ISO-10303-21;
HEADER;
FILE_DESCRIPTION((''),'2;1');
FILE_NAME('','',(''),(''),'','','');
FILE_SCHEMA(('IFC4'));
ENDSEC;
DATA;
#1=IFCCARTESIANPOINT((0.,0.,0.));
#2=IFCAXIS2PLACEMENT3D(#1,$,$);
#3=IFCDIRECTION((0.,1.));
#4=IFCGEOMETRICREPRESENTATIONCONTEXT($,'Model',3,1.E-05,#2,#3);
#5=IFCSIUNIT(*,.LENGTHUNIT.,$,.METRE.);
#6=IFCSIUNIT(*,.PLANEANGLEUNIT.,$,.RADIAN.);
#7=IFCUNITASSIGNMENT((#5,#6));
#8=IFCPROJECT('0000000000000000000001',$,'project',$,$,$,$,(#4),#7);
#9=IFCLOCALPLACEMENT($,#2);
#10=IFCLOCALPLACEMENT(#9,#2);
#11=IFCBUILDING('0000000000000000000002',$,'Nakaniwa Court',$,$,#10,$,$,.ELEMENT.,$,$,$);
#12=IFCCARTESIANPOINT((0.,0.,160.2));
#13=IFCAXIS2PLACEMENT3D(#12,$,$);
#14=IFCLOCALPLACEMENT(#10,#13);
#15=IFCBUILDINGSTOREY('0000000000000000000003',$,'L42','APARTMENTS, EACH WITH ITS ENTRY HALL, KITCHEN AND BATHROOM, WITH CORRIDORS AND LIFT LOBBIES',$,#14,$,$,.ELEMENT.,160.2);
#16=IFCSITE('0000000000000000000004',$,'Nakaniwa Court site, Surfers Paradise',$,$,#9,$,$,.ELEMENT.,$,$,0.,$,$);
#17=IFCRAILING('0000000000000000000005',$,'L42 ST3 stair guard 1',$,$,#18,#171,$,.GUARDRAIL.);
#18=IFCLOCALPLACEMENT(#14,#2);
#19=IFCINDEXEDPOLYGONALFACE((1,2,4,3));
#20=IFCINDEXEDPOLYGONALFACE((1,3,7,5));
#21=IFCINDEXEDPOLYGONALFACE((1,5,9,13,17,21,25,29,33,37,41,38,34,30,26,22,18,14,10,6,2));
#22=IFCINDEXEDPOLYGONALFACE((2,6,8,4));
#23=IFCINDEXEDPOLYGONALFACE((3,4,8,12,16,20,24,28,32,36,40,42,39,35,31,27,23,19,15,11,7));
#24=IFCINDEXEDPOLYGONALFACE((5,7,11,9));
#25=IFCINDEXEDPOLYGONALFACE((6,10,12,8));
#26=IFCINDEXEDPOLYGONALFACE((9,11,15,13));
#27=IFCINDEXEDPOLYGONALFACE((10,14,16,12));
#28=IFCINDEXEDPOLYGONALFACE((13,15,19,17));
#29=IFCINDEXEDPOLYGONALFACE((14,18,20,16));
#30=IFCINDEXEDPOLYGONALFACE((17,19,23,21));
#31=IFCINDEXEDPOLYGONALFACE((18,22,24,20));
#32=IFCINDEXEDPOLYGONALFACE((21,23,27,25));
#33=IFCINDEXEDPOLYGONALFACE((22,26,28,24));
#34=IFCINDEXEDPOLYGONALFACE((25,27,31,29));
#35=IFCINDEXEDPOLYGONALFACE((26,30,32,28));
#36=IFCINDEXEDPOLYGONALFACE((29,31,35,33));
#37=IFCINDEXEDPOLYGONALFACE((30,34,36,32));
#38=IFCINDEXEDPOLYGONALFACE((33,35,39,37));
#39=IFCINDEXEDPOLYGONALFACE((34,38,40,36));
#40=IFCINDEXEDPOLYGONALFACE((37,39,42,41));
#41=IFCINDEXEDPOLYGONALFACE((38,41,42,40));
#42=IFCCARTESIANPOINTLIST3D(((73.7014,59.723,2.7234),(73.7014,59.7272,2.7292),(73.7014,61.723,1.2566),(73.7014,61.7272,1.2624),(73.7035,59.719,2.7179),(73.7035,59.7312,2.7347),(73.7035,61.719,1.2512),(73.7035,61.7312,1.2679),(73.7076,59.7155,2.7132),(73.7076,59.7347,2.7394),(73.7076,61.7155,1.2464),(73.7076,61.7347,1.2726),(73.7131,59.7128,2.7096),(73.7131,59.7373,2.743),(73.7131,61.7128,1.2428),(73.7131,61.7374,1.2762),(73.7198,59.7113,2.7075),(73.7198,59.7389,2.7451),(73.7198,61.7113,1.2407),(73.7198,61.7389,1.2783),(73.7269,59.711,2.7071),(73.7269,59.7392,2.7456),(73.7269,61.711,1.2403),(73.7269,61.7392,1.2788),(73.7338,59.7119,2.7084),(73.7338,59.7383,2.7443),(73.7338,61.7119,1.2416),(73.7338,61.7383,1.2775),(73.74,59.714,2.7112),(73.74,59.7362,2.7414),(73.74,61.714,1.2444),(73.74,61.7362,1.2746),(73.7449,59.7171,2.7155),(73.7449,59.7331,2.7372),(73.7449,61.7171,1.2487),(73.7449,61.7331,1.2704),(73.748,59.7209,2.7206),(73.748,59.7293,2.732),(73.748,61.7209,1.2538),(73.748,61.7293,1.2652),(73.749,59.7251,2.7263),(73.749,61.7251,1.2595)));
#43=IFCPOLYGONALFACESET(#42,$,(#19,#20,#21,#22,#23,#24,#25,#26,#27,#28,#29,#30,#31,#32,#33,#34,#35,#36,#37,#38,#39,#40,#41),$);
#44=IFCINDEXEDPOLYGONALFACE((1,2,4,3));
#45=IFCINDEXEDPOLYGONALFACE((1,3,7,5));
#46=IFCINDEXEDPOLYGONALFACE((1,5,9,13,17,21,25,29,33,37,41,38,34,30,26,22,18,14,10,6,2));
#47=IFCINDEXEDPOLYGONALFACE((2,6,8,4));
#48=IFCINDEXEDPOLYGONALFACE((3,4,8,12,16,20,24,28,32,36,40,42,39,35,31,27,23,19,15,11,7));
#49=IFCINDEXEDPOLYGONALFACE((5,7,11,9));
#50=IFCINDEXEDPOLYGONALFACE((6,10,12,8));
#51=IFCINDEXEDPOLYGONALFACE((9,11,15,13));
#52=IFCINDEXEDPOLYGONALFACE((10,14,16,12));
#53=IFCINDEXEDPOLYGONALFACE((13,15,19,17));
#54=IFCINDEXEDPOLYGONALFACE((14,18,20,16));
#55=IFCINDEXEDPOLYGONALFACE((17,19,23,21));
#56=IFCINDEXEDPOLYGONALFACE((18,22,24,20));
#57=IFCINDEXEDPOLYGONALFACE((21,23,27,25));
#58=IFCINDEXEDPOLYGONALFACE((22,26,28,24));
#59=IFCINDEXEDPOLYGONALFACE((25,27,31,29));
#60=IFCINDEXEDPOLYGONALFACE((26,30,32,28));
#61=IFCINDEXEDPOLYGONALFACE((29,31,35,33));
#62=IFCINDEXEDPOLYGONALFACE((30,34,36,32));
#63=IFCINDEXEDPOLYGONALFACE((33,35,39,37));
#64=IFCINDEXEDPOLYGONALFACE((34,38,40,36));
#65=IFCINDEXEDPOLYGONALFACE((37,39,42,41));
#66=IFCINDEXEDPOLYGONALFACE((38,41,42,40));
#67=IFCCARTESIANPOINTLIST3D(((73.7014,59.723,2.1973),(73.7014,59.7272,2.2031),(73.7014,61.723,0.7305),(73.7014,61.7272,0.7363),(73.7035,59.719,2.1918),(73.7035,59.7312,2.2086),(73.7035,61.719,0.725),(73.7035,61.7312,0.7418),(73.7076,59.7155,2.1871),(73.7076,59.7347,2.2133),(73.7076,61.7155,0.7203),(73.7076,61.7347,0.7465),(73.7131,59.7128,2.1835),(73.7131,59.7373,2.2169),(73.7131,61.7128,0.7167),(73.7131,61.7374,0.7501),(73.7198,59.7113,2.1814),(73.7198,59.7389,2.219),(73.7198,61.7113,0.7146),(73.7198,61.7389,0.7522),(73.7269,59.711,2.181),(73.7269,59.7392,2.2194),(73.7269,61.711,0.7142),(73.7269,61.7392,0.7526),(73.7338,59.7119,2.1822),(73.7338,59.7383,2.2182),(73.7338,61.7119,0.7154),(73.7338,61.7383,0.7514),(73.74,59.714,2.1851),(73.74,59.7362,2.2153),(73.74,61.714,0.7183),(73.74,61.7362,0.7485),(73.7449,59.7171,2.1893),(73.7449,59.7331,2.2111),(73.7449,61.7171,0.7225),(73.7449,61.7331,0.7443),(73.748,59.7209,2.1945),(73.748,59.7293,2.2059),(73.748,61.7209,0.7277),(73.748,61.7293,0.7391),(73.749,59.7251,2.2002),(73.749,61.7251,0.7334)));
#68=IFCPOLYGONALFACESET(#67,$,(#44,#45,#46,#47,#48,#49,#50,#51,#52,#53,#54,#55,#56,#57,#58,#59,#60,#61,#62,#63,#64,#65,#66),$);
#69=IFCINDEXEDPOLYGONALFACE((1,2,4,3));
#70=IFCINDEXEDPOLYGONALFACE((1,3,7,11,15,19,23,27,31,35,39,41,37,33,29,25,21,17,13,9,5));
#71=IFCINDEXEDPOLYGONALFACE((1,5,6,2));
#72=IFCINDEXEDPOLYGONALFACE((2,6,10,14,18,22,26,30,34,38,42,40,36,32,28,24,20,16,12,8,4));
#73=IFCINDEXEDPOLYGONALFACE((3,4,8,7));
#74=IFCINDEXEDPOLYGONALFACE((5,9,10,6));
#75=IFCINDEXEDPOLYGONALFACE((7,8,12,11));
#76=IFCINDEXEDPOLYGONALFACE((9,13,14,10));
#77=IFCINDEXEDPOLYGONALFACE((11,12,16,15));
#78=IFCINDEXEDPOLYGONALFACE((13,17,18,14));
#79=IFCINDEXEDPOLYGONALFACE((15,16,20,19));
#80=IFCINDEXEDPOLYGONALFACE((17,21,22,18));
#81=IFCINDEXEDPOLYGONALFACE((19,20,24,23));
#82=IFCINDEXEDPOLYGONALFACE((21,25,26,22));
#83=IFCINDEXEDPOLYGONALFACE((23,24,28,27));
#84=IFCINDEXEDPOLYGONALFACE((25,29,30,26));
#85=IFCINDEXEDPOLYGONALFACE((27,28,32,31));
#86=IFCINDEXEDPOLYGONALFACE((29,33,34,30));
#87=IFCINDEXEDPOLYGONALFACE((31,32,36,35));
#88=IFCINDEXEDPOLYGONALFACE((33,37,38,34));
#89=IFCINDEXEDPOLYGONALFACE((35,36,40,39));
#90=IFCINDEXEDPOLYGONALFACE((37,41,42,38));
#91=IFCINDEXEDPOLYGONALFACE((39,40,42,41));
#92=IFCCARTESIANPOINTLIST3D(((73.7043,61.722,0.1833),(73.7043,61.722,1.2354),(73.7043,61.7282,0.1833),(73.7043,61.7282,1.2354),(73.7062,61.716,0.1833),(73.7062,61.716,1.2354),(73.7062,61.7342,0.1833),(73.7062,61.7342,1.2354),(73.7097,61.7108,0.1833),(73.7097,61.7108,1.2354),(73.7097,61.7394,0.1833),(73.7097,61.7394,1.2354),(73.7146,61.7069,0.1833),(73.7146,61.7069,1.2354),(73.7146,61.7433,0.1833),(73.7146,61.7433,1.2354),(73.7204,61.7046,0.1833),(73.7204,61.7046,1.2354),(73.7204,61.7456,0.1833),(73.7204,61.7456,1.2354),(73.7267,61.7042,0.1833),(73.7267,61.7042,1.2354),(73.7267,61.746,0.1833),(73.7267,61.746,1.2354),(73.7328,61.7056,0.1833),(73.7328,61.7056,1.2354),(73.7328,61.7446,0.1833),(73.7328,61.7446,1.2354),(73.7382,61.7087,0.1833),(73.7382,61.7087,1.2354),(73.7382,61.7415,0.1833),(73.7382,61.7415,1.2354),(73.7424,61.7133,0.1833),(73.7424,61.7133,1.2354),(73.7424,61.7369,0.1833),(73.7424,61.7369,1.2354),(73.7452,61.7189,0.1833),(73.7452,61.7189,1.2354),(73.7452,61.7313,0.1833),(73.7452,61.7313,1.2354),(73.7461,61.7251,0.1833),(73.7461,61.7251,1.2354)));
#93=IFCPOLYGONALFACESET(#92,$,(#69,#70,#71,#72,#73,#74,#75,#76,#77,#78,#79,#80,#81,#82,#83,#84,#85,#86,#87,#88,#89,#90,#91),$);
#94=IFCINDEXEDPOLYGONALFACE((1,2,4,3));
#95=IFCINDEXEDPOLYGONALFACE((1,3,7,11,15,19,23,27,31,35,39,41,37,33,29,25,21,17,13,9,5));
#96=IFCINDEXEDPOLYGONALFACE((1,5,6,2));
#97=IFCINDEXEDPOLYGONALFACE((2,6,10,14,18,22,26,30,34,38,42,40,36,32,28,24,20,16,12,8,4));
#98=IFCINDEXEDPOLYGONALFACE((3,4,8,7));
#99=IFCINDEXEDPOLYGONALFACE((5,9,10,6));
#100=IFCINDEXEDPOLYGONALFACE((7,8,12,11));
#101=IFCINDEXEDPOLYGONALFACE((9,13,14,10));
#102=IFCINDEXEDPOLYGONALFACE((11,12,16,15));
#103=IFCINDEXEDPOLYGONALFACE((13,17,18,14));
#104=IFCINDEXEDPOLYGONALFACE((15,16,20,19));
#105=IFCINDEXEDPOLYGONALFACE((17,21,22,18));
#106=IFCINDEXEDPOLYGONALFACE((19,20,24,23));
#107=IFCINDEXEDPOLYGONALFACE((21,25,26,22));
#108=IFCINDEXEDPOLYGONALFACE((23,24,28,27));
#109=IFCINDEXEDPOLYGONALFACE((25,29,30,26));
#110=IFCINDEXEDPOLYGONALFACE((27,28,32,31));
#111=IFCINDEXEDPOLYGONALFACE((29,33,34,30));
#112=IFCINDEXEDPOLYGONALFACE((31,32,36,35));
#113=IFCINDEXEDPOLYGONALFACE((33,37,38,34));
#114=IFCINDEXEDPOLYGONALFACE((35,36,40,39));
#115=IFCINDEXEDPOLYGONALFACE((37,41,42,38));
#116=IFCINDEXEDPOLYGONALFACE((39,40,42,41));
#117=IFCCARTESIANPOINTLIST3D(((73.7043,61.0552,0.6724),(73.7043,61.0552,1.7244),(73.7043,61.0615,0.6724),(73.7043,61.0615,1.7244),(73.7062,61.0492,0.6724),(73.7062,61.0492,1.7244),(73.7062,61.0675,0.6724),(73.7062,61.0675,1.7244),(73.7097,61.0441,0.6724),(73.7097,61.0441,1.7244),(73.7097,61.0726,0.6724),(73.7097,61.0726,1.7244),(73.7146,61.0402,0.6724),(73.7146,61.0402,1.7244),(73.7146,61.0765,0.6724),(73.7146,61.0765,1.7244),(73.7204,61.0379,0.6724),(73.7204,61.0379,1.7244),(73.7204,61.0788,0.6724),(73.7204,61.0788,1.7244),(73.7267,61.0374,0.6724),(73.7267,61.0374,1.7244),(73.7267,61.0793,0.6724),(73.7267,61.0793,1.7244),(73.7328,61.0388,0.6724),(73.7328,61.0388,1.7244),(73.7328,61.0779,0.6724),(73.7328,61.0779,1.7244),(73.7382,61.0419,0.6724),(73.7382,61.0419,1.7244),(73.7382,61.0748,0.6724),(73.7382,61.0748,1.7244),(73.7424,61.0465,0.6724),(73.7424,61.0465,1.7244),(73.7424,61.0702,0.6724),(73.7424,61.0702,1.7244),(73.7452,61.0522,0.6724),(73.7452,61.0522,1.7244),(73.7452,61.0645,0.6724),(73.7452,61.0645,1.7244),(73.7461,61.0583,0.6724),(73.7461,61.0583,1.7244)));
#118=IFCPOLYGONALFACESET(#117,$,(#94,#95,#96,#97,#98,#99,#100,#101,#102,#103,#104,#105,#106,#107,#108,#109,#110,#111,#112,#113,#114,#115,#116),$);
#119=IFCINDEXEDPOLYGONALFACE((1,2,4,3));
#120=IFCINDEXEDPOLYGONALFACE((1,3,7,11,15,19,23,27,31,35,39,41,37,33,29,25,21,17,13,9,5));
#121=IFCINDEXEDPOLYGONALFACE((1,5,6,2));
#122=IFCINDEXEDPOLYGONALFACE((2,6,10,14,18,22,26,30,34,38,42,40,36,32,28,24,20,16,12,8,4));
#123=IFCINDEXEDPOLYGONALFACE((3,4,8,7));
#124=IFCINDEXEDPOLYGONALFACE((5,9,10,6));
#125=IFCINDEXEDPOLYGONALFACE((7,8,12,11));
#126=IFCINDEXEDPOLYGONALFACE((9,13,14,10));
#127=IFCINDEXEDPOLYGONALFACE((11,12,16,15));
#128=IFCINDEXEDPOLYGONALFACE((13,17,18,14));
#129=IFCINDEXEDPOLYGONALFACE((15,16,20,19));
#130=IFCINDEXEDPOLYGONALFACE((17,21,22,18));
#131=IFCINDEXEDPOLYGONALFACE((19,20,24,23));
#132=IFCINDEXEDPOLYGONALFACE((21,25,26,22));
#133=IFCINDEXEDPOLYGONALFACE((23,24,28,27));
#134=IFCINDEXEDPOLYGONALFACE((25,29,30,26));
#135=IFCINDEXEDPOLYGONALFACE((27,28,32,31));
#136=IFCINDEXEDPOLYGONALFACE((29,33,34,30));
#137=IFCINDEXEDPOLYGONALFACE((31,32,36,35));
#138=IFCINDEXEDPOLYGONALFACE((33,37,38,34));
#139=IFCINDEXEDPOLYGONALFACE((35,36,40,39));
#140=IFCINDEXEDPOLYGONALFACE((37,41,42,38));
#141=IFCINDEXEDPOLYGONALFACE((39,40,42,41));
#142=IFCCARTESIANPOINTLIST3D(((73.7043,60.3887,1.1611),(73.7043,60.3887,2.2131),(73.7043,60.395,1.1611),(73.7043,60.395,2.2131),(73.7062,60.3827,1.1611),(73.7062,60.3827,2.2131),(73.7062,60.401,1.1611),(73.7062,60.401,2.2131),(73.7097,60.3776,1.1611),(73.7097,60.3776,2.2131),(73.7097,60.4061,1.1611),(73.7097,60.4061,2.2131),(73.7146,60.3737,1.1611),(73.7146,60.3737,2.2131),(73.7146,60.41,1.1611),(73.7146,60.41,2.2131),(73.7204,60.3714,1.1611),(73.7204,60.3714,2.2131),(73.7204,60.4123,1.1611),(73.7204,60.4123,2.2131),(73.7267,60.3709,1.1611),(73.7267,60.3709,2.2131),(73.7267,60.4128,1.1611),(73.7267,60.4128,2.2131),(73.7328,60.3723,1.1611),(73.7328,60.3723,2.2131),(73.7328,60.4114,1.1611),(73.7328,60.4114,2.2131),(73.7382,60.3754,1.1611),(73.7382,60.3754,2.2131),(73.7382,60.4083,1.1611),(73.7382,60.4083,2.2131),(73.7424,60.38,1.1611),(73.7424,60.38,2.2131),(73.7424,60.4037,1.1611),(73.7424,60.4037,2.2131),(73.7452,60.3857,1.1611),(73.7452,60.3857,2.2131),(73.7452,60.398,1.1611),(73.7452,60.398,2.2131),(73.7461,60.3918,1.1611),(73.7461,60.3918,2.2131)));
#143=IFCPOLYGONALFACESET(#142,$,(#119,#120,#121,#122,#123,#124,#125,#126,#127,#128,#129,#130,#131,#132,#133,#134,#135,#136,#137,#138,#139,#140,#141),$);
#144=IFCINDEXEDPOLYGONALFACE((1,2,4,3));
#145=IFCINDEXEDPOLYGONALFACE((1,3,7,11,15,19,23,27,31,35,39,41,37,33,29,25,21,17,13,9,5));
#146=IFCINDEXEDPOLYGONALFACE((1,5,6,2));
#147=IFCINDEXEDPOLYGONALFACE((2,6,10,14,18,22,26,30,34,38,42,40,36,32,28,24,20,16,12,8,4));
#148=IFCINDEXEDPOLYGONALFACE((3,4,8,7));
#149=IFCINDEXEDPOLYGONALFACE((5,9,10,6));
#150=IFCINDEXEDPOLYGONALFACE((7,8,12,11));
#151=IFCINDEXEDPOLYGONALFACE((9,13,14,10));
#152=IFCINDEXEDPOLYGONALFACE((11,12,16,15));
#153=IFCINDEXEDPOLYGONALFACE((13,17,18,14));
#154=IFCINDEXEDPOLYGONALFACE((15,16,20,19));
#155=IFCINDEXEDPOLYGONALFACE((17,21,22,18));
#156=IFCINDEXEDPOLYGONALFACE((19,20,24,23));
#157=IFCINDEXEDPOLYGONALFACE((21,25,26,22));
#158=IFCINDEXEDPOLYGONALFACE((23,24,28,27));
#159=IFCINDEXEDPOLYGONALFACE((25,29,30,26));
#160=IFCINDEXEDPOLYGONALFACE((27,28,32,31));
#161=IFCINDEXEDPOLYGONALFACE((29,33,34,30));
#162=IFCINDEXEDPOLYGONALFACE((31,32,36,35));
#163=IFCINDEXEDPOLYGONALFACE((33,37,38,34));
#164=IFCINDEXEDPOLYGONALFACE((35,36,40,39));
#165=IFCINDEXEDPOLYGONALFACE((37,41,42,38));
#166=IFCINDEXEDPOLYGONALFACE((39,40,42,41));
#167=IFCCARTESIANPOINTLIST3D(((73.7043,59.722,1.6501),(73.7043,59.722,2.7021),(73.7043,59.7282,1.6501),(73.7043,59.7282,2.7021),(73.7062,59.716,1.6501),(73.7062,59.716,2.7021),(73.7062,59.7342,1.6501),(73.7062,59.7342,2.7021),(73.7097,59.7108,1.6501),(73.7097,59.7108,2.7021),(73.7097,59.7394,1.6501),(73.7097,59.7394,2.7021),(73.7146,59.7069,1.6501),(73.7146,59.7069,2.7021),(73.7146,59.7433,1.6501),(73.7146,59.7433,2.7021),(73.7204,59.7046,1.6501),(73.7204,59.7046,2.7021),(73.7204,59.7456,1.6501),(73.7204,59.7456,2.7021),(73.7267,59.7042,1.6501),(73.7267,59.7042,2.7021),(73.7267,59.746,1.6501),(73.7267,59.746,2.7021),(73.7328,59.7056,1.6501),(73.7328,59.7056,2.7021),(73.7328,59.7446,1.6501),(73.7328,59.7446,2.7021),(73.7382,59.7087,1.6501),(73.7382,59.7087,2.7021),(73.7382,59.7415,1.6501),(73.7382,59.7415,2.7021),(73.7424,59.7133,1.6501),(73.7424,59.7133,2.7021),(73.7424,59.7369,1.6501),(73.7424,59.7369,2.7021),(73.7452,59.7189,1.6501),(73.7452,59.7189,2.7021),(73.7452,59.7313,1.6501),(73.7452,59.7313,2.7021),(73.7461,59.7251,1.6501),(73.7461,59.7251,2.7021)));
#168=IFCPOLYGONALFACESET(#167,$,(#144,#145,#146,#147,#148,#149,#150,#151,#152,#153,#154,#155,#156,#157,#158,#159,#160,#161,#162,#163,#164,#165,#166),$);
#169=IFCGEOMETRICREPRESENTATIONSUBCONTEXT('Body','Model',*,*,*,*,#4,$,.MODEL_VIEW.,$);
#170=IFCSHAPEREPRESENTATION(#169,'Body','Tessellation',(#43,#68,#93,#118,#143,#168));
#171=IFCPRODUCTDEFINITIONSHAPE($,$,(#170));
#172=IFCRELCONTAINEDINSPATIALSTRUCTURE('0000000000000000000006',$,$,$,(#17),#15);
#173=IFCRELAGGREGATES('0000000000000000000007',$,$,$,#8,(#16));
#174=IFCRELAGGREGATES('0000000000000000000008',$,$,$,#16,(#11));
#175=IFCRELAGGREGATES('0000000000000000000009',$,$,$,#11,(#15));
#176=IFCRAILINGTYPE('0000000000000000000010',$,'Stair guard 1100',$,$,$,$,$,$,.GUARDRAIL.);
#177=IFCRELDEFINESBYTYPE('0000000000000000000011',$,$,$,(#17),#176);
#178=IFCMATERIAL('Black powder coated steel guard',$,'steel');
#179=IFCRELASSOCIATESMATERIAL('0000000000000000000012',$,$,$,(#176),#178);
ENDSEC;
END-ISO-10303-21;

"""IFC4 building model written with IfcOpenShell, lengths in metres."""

from ifc_helpers import new_model, si_unit, direction, frame, origin, origin_2d, place, context, subcontext, project, spatial, circle, extrude, material, type_object, element, save


model = new_model("IFC4")

# Units and contexts
model_context = context("Model", 3, precision=1e-05, world=origin(), true_north=direction((0.0, 1.0)))
body_context = subcontext(model_context, "Body", "Model", "MODEL_VIEW")
ifc_project = project(units=[si_unit("LENGTHUNIT", "METRE"), si_unit("PLANEANGLEUNIT", "RADIAN")], contexts=[model_context])

# Site, building, storey
site_placement = place(None, origin())
site = spatial("IfcSite", under=ifc_project, at=site_placement, Name="Nakaniwa Court site, Surfers Paradise", CompositionType="ELEMENT", RefElevation=0.0)
building_placement = place(site_placement, origin())
building = spatial("IfcBuilding", under=site, at=building_placement, Name="Nakaniwa Court", CompositionType="ELEMENT")
storey_placement = place(building_placement, frame((0.0, 0.0, 160.2)))
storey = spatial("IfcBuildingStorey", under=building, at=storey_placement, Name="L42", Description="APARTMENTS, EACH WITH ITS ENTRY HALL, KITCHEN AND BATHROOM, WITH CORRIDORS AND LIFT LOBBIES", CompositionType="ELEMENT", Elevation=160.2)

# Railing
ifc_material_1 = material(Name="Black powder coated steel guard", Category="steel")
railing_type_1 = type_object("IfcRailingType", Name="Stair guard 1100", PredefinedType="GUARDRAIL", material=ifc_material_1)
railing_1_placement = place(storey_placement, frame((73.7251, 61.7251, 0.1833)))
element("IfcRailing", 1, at=railing_1_placement, inside=storey, type_object=railing_type_1, Name="L42 ST3 stair guard 1", PredefinedType="GUARDRAIL", context=body_context, shape_type="SweptSolid", body=[
    extrude(circle(Radius=0.0239, at=origin_2d()), frame((0.0, 0.0, 1.0762), z_axis=(0.0, -0.80638, 0.591398), x_axis=(1.0, 0.0, 0.0)), (0.0, 0.0, 1.0), 2.4802),
    extrude(circle(Radius=0.0239, at=origin_2d()), frame((0.0, 0.0, 0.55), z_axis=(0.0, -0.80638, 0.591398), x_axis=(1.0, 0.0, 0.0)), (0.0, 0.0, 1.0), 2.4802),
    extrude(circle(Radius=0.021, at=origin_2d()), origin(), (0.0, 0.0, 1.0), 1.052),
    extrude(circle(Radius=0.021, at=origin_2d()), frame((0.0, -0.6667, 0.489)), (0.0, 0.0, 1.0), 1.052),
    extrude(circle(Radius=0.021, at=origin_2d()), frame((0.0, -1.3333, 0.9778)), (0.0, 0.0, 1.0), 1.052),
    extrude(circle(Radius=0.021, at=origin_2d()), frame((0.0, -2.0, 1.4668)), (0.0, 0.0, 1.0), 1.052),
])

save(model, "model.ifc")
